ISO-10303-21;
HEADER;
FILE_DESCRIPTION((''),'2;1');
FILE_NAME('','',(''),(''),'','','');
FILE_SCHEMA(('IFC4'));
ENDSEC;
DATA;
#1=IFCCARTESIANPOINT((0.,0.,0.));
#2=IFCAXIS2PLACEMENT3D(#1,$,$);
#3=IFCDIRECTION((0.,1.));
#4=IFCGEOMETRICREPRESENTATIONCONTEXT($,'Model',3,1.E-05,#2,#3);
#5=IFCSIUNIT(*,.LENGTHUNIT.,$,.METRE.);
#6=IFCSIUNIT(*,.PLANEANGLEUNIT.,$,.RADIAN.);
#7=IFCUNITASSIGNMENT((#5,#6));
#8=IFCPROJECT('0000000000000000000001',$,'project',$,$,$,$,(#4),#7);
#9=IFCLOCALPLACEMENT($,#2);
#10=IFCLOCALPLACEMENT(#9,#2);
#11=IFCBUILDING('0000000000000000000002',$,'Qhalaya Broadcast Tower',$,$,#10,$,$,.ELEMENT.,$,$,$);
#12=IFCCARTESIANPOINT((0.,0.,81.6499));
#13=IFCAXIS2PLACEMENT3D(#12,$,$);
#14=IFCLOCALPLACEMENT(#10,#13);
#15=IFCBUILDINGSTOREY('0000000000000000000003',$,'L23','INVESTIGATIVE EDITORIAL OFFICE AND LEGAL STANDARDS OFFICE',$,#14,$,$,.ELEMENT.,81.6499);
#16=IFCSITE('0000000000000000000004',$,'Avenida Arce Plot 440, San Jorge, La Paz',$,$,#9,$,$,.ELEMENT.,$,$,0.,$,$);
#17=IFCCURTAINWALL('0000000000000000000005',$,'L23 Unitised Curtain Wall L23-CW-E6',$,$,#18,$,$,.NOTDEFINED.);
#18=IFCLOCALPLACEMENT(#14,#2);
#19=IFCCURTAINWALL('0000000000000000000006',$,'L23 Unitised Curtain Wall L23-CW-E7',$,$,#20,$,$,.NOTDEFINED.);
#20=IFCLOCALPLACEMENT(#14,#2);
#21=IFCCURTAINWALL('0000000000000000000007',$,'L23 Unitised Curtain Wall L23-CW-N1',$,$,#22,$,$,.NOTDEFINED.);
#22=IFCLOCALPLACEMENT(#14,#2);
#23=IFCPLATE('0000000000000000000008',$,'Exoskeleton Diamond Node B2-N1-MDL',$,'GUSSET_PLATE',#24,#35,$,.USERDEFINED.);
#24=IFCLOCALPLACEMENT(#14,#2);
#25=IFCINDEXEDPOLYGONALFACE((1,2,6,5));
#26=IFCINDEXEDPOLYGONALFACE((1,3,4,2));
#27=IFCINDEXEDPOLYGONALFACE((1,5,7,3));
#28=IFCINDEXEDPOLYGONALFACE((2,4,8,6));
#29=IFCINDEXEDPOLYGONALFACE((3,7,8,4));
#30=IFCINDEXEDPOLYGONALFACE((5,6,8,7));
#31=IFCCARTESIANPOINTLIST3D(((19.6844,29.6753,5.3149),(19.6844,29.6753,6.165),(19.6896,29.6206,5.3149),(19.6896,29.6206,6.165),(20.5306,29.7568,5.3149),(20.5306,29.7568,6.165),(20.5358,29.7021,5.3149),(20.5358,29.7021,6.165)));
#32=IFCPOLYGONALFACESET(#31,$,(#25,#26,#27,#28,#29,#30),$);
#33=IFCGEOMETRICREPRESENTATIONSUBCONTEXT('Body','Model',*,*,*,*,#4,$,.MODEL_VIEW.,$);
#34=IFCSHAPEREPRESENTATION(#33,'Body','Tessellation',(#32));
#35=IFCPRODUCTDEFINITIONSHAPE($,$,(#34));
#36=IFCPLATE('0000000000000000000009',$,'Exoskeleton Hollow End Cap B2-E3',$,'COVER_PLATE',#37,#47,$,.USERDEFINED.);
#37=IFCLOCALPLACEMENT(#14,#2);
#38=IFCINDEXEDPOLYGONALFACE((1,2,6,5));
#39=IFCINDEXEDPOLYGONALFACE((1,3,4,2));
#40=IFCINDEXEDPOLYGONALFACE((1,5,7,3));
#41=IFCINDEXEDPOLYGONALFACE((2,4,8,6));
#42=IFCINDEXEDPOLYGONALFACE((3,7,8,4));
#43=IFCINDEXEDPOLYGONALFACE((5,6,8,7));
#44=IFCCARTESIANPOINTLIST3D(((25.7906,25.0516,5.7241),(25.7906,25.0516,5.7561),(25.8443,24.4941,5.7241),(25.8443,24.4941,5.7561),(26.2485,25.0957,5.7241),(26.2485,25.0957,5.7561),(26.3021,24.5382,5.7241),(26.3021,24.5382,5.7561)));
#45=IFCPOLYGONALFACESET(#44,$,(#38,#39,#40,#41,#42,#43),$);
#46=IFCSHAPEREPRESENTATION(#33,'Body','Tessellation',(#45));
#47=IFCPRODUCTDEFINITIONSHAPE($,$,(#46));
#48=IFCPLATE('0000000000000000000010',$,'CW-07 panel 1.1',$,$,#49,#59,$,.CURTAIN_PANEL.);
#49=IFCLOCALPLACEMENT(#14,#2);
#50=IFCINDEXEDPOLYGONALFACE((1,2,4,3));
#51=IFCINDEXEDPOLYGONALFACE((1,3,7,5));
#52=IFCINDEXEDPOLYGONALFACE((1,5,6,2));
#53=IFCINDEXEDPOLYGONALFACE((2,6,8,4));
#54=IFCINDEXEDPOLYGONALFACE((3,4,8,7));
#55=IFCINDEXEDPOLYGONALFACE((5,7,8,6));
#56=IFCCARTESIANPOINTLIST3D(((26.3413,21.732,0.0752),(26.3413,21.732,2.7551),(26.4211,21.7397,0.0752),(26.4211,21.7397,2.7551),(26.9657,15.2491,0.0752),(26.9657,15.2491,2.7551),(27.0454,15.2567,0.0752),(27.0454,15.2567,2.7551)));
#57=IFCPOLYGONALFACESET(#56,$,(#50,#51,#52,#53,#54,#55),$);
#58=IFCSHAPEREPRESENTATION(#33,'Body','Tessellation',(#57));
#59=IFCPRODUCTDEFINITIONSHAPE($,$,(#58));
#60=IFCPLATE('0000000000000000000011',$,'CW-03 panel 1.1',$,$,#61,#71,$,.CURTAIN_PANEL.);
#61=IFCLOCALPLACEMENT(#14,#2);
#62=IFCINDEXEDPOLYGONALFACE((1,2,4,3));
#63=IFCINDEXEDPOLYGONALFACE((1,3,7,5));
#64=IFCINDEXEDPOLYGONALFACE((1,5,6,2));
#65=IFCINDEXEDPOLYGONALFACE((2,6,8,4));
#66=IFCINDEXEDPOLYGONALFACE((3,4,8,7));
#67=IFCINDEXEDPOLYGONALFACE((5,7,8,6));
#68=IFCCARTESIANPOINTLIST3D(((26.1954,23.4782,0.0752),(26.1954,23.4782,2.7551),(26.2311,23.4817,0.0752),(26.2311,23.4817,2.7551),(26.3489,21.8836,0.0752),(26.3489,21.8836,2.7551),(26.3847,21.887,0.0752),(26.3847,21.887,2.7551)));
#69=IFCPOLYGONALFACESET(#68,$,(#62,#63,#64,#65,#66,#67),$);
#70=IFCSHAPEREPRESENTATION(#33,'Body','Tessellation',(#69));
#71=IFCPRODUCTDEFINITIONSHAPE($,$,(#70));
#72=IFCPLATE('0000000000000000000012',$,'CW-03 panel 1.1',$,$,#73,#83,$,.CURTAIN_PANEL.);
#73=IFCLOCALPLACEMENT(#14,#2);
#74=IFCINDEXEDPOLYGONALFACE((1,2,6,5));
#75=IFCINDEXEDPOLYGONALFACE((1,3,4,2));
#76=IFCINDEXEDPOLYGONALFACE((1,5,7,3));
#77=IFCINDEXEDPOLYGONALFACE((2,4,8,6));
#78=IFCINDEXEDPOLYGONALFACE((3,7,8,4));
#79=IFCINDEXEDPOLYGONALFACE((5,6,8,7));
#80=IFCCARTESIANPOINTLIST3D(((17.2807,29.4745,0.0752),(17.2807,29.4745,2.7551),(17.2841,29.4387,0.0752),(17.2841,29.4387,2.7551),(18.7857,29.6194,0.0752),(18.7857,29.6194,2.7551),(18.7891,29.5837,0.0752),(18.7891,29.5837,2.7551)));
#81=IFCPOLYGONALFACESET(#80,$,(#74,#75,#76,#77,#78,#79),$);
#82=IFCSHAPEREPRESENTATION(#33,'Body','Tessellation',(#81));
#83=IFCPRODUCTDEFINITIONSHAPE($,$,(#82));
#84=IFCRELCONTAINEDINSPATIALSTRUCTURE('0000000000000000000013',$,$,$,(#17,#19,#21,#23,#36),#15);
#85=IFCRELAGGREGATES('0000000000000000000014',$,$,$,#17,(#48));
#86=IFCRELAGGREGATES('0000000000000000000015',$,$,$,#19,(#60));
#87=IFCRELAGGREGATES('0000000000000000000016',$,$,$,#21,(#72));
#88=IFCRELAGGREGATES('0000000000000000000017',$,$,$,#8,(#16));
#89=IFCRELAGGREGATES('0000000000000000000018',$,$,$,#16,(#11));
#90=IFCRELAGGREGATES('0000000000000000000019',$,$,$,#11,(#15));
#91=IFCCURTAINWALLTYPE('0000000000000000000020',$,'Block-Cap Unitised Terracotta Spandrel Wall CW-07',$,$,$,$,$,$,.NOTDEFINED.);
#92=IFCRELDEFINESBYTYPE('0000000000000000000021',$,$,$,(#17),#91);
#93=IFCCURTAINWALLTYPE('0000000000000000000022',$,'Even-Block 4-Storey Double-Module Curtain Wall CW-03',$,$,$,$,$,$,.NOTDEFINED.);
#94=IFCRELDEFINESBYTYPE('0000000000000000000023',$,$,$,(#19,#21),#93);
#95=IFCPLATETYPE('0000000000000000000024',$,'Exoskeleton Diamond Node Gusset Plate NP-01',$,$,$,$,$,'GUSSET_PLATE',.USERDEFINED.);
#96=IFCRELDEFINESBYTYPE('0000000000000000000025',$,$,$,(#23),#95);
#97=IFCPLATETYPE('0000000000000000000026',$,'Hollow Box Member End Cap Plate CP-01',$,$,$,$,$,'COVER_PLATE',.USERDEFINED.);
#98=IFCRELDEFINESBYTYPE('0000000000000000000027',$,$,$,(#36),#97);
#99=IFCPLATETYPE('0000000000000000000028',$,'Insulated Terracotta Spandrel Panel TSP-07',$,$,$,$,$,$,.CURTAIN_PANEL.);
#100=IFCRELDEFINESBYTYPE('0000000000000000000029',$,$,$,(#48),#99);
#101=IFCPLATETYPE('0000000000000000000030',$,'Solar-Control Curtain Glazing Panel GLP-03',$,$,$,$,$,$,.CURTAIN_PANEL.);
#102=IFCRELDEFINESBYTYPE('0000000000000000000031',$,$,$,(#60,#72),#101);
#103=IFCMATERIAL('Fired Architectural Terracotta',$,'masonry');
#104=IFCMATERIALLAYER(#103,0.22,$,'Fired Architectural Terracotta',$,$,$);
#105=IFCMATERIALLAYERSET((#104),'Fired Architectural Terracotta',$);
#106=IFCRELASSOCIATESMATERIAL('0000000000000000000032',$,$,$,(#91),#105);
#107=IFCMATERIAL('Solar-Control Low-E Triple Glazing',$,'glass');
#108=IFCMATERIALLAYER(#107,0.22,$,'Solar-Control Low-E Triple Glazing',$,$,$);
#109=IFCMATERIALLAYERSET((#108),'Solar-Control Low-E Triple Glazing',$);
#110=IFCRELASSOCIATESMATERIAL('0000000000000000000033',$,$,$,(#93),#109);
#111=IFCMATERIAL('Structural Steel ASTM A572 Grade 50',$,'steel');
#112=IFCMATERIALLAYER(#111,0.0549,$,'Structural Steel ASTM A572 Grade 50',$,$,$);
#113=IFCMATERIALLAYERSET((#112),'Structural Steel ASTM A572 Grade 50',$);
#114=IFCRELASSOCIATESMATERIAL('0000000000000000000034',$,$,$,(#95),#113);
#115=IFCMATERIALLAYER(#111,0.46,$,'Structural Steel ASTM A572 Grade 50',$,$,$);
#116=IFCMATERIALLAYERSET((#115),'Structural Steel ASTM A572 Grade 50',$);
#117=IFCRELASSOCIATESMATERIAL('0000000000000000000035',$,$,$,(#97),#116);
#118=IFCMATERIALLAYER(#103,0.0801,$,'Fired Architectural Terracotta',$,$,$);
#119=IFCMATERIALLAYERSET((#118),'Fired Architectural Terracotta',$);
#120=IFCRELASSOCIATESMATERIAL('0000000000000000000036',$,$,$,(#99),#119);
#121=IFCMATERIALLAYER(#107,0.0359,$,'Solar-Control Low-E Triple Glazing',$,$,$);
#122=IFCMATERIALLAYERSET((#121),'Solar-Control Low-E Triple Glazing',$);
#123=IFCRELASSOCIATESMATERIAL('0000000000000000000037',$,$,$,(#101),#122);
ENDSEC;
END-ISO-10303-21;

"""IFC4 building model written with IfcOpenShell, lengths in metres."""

from ifc_helpers import new_model, si_unit, direction, frame, origin, origin_2d, place, context, subcontext, project, spatial, rectangle, extrude, material, layer, layer_set, type_object, element, aggregate, save


model = new_model("IFC4")

# Units and contexts
model_context = context("Model", 3, precision=1e-05, world=origin(), true_north=direction((0.0, 1.0)))
body_context = subcontext(model_context, "Body", "Model", "MODEL_VIEW")
ifc_project = project(units=[si_unit("LENGTHUNIT", "METRE"), si_unit("PLANEANGLEUNIT", "RADIAN")], contexts=[model_context])

# Site, building, storey
site_placement = place(None, origin())
site = spatial("IfcSite", under=ifc_project, at=site_placement, Name="Avenida Arce Plot 440, San Jorge, La Paz", CompositionType="ELEMENT", RefElevation=0.0)
building_placement = place(site_placement, origin())
building = spatial("IfcBuilding", under=site, at=building_placement, Name="Qhalaya Broadcast Tower", CompositionType="ELEMENT")
storey_placement = place(building_placement, frame((0.0, 0.0, 81.6499)))
storey = spatial("IfcBuildingStorey", under=building, at=storey_placement, Name="L23", Description="INVESTIGATIVE EDITORIAL OFFICE AND LEGAL STANDARDS OFFICE", CompositionType="ELEMENT", Elevation=81.6499)

# Shared definitions
ifc_material_1 = material(Name="Structural Steel ASTM A572 Grade 50", Category="steel")

# Curtain wall
ifc_material_2 = material(Name="Fired Architectural Terracotta", Category="masonry")
ifc_layer_1 = layer(ifc_material_2, 0.22, Name="Fired Architectural Terracotta")
ifc_layer_set_1 = layer_set([ifc_layer_1], Name="Fired Architectural Terracotta")
curtain_wall_type_1 = type_object("IfcCurtainWallType", Name="Block-Cap Unitised Terracotta Spandrel Wall CW-07", PredefinedType="NOTDEFINED", material=ifc_layer_set_1)
curtain_wall_1_placement = place(storey_placement, origin())
curtain_wall_1 = element("IfcCurtainWall", 1, at=curtain_wall_1_placement, inside=storey, type_object=curtain_wall_type_1, Name="L23 Unitised Curtain Wall L23-CW-E6", PredefinedType="NOTDEFINED")

# Curtain walls
ifc_material_3 = material(Name="Solar-Control Low-E Triple Glazing", Category="glass")
ifc_layer_2 = layer(ifc_material_3, 0.22, Name="Solar-Control Low-E Triple Glazing")
ifc_layer_set_2 = layer_set([ifc_layer_2], Name="Solar-Control Low-E Triple Glazing")
curtain_wall_type_2 = type_object("IfcCurtainWallType", Name="Even-Block 4-Storey Double-Module Curtain Wall CW-03", PredefinedType="NOTDEFINED", material=ifc_layer_set_2)
curtain_wall_2_placement = place(storey_placement, origin())
curtain_wall_2 = element("IfcCurtainWall", 2, at=curtain_wall_2_placement, inside=storey, type_object=curtain_wall_type_2, Name="L23 Unitised Curtain Wall L23-CW-E7", PredefinedType="NOTDEFINED")
curtain_wall_3_placement = place(storey_placement, origin())
curtain_wall_3 = element("IfcCurtainWall", 3, at=curtain_wall_3_placement, inside=storey, type_object=curtain_wall_type_2, Name="L23 Unitised Curtain Wall L23-CW-N1", PredefinedType="NOTDEFINED")

# Plates
ifc_layer_3 = layer(ifc_material_1, 0.0549, Name="Structural Steel ASTM A572 Grade 50")
ifc_layer_set_3 = layer_set([ifc_layer_3], Name="Structural Steel ASTM A572 Grade 50")
plate_type_1 = type_object("IfcPlateType", Name="Exoskeleton Diamond Node Gusset Plate NP-01", ElementType="GUSSET_PLATE", PredefinedType="USERDEFINED", material=ifc_layer_set_3)
plate_1_placement = place(storey_placement, frame((20.1101, 29.6887, 5.3149), z_axis=(0.0, 0.0, 1.0), x_axis=(0.995396, 0.095846, 0.0)))
element("IfcPlate", 4, at=plate_1_placement, inside=storey, type_object=plate_type_1, Name="Exoskeleton Diamond Node B2-N1-MDL", ObjectType="GUSSET_PLATE", PredefinedType="USERDEFINED", context=body_context, shape_type="SweptSolid", body=[
    extrude(rectangle(XDim=0.8501, YDim=0.0549, at=origin_2d()), origin(), (0.0, 0.0, 1.0), 0.8501),
])
ifc_layer_4 = layer(ifc_material_1, 0.46, Name="Structural Steel ASTM A572 Grade 50")
ifc_layer_set_4 = layer_set([ifc_layer_4], Name="Structural Steel ASTM A572 Grade 50")
plate_type_2 = type_object("IfcPlateType", Name="Hollow Box Member End Cap Plate CP-01", ElementType="COVER_PLATE", PredefinedType="USERDEFINED", material=ifc_layer_set_4)
plate_2_placement = place(storey_placement, frame((26.0464, 24.7949, 5.7241), z_axis=(0.0, 0.0, 1.0), x_axis=(-0.095846, 0.995396, 0.0)))
element("IfcPlate", 5, at=plate_2_placement, inside=storey, type_object=plate_type_2, Name="Exoskeleton Hollow End Cap B2-E3", ObjectType="COVER_PLATE", PredefinedType="USERDEFINED", context=body_context, shape_type="SweptSolid", body=[
    extrude(rectangle(XDim=0.5601, YDim=0.46, at=origin_2d()), origin(), (0.0, 0.0, 1.0), 0.032),
])

# Plates
ifc_layer_5 = layer(ifc_material_2, 0.0801, Name="Fired Architectural Terracotta")
ifc_layer_set_5 = layer_set([ifc_layer_5], Name="Fired Architectural Terracotta")
plate_type_3 = type_object("IfcPlateType", Name="Insulated Terracotta Spandrel Panel TSP-07", PredefinedType="CURTAIN_PANEL", material=ifc_layer_set_5)
plate_3_placement = place(storey_placement, frame((26.6934, 18.4944, 0.0752), z_axis=(0.0, 0.0, 1.0), x_axis=(-0.095858, 0.995395, 0.0)))
plate_3 = element("IfcPlate", 6, at=plate_3_placement, type_object=plate_type_3, Name="CW-07 panel 1.1", PredefinedType="CURTAIN_PANEL", context=body_context, shape_type="SweptSolid", body=[
    extrude(rectangle(XDim=6.5129, YDim=0.0801, at=origin_2d()), origin(), (0.0, 0.0, 1.0), 2.6799),
])
aggregate(curtain_wall_1, [plate_3])
ifc_layer_6 = layer(ifc_material_3, 0.0359, Name="Solar-Control Low-E Triple Glazing")
ifc_layer_set_6 = layer_set([ifc_layer_6], Name="Solar-Control Low-E Triple Glazing")
plate_type_4 = type_object("IfcPlateType", Name="Solar-Control Curtain Glazing Panel GLP-03", PredefinedType="CURTAIN_PANEL", material=ifc_layer_set_6)
plate_4_placement = place(storey_placement, frame((26.29, 22.6826, 0.0752), z_axis=(0.0, 0.0, 1.0), x_axis=(-0.09583, 0.995398, 0.0)))
plate_4 = element("IfcPlate", 7, at=plate_4_placement, type_object=plate_type_4, Name="CW-03 panel 1.1", PredefinedType="CURTAIN_PANEL", context=body_context, shape_type="SweptSolid", body=[
    extrude(rectangle(XDim=1.6021, YDim=0.0359, at=origin_2d()), origin(), (0.0, 0.0, 1.0), 2.6799),
])
aggregate(curtain_wall_2, [plate_4])
plate_5_placement = place(storey_placement, frame((18.0349, 29.5291, 0.0752), z_axis=(0.0, 0.0, 1.0), x_axis=(-0.995396, -0.095851, 0.0)))
plate_5 = element("IfcPlate", 8, at=plate_5_placement, type_object=plate_type_4, Name="CW-03 panel 1.1", PredefinedType="CURTAIN_PANEL", context=body_context, shape_type="SweptSolid", body=[
    extrude(rectangle(XDim=1.512, YDim=0.0359, at=origin_2d()), origin(), (0.0, 0.0, 1.0), 2.6799),
])
aggregate(curtain_wall_3, [plate_5])

save(model, "model.ifc")
